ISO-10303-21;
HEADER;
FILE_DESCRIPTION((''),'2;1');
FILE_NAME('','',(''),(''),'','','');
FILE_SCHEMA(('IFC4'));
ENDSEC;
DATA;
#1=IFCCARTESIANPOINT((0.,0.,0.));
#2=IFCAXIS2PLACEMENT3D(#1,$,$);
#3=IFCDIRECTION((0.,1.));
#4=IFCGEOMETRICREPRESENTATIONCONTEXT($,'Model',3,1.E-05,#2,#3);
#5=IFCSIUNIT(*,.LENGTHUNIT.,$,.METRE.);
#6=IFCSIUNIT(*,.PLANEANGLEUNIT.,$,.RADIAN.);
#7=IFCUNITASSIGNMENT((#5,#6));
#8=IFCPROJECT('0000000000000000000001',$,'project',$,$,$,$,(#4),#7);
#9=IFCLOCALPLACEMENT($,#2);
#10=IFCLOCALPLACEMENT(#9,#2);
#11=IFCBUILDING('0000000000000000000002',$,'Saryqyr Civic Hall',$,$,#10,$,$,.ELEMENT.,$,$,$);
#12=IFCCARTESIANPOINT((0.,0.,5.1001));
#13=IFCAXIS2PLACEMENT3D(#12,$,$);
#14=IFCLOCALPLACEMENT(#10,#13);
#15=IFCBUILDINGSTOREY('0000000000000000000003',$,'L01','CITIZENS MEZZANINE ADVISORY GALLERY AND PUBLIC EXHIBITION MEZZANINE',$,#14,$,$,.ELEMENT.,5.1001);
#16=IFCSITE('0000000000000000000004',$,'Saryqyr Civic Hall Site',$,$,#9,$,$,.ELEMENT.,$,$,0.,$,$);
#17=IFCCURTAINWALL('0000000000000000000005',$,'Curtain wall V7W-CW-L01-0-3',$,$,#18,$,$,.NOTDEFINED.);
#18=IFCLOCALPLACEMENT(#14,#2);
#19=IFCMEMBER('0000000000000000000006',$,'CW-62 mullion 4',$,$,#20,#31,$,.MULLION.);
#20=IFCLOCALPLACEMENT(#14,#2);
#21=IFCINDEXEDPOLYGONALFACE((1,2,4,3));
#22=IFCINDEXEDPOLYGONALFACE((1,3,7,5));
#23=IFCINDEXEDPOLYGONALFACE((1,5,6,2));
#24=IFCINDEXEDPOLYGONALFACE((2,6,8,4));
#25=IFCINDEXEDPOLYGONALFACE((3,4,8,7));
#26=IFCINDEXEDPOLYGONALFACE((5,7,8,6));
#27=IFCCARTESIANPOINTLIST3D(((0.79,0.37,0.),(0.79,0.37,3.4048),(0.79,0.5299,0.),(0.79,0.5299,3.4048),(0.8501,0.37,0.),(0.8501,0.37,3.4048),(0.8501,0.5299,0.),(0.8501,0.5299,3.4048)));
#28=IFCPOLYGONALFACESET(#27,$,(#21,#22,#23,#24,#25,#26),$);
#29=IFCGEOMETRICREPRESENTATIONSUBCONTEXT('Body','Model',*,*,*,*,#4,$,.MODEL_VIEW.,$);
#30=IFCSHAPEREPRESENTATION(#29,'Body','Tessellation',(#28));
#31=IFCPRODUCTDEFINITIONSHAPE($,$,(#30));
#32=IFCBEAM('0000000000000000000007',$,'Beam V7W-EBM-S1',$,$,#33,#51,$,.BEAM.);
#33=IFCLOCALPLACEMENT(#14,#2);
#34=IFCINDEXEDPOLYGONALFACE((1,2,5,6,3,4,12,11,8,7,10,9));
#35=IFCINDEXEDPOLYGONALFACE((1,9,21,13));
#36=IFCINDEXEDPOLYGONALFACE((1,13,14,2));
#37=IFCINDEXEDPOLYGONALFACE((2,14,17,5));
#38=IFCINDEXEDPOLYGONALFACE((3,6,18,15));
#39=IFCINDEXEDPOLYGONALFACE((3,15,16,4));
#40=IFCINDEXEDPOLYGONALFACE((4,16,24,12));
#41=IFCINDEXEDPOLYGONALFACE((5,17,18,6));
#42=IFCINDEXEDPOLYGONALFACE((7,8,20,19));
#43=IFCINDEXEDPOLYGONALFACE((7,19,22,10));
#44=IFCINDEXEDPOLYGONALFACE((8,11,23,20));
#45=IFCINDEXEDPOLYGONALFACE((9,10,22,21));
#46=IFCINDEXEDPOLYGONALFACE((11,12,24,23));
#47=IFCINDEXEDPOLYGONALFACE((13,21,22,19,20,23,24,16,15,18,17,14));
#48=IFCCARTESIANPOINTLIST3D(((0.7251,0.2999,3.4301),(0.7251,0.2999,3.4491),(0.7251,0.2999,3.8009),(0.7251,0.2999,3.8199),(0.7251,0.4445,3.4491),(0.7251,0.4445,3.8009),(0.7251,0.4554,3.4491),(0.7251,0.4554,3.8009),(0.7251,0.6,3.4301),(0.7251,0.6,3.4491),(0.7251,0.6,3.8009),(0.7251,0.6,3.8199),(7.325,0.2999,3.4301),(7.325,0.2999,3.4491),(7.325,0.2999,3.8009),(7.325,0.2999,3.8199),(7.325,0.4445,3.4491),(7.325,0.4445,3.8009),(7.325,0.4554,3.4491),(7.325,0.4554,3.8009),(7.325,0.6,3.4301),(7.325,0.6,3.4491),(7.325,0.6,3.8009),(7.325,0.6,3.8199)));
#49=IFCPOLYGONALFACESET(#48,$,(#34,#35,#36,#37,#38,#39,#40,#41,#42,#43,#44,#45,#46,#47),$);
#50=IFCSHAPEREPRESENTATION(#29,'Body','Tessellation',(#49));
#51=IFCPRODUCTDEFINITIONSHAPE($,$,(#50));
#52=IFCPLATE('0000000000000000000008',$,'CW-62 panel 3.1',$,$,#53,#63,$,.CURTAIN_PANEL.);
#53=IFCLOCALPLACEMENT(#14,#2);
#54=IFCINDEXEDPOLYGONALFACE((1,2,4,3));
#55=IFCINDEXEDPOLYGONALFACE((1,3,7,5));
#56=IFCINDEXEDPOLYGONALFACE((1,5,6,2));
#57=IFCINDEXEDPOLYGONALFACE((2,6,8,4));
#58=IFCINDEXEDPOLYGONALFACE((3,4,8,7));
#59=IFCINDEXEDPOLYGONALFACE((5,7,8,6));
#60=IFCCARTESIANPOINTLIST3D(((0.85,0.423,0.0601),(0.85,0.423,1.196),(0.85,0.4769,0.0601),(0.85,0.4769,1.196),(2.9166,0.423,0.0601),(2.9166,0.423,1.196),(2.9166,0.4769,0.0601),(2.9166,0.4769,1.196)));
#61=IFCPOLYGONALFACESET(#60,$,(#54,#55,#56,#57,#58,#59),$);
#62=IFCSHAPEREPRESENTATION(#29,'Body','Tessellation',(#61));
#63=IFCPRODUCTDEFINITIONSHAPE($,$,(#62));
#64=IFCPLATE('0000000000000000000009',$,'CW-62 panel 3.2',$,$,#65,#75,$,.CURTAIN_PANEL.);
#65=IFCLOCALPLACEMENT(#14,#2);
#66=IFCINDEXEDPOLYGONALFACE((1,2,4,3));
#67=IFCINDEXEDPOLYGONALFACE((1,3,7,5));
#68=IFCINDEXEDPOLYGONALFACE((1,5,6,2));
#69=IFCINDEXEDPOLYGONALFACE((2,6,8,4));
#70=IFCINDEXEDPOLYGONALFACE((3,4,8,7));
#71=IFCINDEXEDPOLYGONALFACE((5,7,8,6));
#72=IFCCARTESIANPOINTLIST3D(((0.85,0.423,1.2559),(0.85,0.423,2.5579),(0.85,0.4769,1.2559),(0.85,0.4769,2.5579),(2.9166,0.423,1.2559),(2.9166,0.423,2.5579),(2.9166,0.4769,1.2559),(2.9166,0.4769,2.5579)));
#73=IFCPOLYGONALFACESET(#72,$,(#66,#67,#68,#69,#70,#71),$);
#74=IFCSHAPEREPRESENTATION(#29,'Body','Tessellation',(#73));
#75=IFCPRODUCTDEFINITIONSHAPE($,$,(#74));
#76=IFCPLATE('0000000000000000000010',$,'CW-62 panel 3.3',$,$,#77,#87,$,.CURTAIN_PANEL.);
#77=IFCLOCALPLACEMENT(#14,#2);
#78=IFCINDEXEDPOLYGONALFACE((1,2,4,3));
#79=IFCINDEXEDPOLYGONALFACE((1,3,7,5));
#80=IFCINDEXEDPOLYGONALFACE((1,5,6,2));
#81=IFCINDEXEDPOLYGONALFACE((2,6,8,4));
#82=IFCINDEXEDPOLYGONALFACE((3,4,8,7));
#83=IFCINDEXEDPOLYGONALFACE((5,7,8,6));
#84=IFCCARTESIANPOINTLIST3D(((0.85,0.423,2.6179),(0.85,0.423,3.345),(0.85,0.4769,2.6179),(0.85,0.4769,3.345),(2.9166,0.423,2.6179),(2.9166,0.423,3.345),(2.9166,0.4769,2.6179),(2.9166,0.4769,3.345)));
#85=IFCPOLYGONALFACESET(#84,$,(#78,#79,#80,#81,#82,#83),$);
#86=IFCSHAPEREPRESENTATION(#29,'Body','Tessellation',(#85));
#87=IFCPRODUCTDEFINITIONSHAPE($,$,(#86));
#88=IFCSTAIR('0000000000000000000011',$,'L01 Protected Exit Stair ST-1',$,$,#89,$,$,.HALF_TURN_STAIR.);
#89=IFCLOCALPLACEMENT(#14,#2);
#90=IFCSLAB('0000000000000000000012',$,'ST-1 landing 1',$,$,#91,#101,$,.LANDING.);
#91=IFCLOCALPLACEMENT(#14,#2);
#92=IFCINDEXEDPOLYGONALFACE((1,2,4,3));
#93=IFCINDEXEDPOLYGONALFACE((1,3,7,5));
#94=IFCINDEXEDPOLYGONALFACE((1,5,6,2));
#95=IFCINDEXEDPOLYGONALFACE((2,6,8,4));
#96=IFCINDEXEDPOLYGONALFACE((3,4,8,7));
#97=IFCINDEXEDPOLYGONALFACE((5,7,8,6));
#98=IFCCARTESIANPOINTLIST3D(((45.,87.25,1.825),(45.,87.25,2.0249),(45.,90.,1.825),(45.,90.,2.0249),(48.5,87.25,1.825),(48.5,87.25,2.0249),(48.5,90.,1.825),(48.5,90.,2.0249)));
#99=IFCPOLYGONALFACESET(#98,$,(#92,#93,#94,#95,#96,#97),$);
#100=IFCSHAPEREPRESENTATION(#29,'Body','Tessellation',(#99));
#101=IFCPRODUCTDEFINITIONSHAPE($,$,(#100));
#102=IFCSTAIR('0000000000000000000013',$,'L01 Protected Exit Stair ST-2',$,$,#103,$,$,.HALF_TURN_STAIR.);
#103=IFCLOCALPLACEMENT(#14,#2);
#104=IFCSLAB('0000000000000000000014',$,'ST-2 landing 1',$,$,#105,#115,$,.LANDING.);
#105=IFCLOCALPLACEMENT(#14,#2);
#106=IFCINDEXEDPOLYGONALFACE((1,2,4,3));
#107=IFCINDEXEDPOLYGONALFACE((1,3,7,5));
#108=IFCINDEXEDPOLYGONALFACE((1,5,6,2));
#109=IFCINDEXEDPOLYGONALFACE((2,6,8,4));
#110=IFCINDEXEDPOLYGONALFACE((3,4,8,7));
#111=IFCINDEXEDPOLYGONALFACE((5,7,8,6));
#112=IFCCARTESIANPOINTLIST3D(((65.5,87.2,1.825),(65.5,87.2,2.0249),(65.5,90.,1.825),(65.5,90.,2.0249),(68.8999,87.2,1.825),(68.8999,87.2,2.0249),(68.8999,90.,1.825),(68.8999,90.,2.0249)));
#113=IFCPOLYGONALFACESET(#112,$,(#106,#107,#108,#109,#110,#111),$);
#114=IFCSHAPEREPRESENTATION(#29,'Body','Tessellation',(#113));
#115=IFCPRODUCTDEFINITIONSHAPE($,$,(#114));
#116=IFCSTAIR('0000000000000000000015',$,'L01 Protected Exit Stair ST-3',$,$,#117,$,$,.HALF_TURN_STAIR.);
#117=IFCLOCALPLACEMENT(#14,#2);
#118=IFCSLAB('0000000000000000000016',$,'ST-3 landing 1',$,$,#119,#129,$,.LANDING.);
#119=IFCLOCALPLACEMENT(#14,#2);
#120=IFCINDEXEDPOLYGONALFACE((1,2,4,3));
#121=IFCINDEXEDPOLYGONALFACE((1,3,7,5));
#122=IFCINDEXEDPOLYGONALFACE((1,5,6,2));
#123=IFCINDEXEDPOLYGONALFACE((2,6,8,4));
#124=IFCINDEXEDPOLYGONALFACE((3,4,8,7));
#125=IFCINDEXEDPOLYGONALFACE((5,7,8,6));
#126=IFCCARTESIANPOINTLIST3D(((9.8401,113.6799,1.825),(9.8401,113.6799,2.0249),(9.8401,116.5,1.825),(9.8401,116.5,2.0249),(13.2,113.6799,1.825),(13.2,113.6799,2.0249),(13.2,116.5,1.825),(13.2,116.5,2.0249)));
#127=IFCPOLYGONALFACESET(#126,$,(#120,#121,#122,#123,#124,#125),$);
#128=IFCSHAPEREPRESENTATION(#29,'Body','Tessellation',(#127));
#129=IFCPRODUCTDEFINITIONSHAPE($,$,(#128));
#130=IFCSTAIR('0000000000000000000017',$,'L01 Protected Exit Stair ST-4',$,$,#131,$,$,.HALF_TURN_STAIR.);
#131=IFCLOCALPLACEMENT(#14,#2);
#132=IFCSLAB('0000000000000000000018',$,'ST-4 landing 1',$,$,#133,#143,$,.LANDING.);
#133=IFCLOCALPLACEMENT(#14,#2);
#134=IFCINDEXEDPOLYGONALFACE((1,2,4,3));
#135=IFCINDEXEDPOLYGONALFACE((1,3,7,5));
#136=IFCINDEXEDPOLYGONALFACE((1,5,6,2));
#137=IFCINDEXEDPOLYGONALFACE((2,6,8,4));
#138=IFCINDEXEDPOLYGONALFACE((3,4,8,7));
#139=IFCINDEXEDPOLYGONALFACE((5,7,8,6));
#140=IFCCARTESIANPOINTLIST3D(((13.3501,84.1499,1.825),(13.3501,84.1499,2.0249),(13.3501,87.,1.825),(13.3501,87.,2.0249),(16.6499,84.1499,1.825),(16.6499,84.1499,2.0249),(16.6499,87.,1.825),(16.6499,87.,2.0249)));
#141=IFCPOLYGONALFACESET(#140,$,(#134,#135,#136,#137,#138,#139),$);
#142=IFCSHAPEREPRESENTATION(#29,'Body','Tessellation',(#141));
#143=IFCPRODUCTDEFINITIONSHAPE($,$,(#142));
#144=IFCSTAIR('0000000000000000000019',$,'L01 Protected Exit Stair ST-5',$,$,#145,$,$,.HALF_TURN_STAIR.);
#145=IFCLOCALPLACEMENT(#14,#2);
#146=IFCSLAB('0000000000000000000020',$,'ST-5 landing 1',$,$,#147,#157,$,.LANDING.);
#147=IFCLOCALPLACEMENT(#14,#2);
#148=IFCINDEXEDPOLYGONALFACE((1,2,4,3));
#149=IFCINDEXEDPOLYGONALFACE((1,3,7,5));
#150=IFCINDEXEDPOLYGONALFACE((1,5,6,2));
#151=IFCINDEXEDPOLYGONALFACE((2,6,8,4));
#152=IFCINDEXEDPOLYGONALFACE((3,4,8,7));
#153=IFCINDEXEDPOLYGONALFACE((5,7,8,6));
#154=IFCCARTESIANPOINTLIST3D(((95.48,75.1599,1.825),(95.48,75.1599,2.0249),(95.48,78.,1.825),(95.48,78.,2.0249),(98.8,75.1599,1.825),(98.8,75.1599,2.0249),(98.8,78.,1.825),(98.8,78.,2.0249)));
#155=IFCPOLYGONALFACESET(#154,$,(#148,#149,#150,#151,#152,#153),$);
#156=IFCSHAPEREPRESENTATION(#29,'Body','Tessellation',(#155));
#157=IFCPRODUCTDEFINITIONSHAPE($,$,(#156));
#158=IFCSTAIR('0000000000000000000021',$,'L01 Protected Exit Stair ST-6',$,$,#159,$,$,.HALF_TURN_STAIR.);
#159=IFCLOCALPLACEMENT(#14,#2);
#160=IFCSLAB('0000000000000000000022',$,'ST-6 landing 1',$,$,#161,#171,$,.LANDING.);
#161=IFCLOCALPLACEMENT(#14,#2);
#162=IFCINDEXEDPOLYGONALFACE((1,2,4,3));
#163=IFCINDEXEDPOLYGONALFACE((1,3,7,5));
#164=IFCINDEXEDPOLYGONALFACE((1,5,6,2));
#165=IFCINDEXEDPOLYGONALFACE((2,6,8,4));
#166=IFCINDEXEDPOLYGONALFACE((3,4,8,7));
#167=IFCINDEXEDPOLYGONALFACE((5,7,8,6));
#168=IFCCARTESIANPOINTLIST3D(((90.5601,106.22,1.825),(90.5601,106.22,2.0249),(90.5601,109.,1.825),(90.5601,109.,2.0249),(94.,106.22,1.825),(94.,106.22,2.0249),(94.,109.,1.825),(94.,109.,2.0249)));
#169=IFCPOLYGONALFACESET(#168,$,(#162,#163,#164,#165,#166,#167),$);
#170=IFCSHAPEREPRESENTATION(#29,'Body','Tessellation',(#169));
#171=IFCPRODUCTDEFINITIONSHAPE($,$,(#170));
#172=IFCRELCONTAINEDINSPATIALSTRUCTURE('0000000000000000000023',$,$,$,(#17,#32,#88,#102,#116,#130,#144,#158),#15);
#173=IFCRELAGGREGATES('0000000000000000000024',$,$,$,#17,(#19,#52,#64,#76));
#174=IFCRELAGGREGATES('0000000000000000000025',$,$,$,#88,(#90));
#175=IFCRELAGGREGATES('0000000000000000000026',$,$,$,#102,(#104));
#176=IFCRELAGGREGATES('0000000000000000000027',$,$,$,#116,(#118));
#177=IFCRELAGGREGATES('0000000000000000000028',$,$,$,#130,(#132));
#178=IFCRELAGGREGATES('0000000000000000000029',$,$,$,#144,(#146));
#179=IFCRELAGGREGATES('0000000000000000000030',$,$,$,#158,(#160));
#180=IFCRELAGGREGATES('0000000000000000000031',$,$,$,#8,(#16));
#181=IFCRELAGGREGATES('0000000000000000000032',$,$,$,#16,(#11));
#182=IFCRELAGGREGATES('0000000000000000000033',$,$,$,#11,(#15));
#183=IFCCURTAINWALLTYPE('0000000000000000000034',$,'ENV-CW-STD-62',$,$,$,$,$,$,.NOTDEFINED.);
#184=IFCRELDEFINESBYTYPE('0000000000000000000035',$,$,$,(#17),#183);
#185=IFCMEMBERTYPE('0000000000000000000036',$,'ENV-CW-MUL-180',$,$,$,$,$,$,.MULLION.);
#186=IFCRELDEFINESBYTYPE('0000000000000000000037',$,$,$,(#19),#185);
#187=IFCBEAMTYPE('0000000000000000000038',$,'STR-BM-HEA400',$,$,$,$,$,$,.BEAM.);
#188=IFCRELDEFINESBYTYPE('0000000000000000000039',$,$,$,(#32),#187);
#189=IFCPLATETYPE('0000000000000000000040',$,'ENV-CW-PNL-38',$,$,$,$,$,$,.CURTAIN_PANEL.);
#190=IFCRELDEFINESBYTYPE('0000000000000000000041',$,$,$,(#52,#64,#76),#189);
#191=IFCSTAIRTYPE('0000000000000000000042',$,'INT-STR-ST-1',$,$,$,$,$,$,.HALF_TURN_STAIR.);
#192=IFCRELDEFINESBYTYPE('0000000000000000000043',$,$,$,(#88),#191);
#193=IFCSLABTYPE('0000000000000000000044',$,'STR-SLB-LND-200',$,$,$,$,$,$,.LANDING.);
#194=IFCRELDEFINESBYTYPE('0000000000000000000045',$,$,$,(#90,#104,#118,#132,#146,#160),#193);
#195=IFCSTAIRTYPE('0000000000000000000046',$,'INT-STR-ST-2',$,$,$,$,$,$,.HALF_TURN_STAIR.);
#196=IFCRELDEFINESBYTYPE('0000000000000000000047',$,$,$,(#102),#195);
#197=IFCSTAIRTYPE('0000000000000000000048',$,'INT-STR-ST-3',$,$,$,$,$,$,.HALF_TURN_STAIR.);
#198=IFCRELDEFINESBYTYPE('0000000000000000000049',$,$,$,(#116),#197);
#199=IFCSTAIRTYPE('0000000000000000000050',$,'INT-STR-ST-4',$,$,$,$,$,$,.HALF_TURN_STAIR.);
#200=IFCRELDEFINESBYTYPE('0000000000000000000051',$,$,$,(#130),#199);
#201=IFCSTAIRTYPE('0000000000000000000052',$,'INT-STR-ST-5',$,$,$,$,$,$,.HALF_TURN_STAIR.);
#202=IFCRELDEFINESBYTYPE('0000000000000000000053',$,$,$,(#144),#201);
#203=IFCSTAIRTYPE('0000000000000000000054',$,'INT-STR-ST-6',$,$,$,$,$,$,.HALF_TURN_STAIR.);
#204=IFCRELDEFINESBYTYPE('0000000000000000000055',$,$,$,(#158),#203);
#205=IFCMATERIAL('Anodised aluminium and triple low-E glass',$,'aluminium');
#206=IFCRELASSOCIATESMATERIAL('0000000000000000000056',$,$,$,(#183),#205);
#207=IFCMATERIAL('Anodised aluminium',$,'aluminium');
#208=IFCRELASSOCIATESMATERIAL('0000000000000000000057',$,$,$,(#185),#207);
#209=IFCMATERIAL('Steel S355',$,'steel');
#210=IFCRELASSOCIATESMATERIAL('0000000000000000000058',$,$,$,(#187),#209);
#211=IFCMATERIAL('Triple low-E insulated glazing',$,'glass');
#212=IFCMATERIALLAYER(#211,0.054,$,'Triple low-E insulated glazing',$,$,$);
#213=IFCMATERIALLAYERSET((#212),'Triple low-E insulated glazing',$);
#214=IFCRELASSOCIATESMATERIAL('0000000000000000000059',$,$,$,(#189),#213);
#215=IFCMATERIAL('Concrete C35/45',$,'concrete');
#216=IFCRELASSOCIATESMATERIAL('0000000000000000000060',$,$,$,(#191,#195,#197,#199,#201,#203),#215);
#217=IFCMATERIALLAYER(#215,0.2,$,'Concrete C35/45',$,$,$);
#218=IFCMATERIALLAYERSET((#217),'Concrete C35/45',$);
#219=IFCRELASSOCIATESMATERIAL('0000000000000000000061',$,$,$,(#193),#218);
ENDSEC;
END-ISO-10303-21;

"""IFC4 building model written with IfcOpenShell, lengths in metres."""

from ifc_helpers import new_model, si_unit, direction, frame, origin, origin_2d, place, context, subcontext, project, spatial, polyline, rectangle, i_section, outline, extrude, material, layer, layer_set, material_profile, profile_set, type_object, element, aggregate, save


model = new_model("IFC4")

# Units and contexts
model_context = context("Model", 3, precision=1e-05, world=origin(), true_north=direction((0.0, 1.0)))
body_context = subcontext(model_context, "Body", "Model", "MODEL_VIEW")
ifc_project = project(units=[si_unit("LENGTHUNIT", "METRE"), si_unit("PLANEANGLEUNIT", "RADIAN")], contexts=[model_context])

# Site, building, storey
site_placement = place(None, origin())
site = spatial("IfcSite", under=ifc_project, at=site_placement, Name="Saryqyr Civic Hall Site", CompositionType="ELEMENT", RefElevation=0.0)
building_placement = place(site_placement, origin())
building = spatial("IfcBuilding", under=site, at=building_placement, Name="Saryqyr Civic Hall", CompositionType="ELEMENT")
storey_placement = place(building_placement, frame((0.0, 0.0, 5.1001)))
storey = spatial("IfcBuildingStorey", under=building, at=storey_placement, Name="L01", Description="CITIZENS MEZZANINE ADVISORY GALLERY AND PUBLIC EXHIBITION MEZZANINE", CompositionType="ELEMENT", Elevation=5.1001)

# Curtain wall, member
ifc_material_1 = material(Name="Anodised aluminium and triple low-E glass", Category="aluminium")
curtain_wall_type = type_object("IfcCurtainWallType", Name="ENV-CW-STD-62", PredefinedType="NOTDEFINED", material=ifc_material_1)
curtain_wall_placement = place(storey_placement, origin())
curtain_wall = element("IfcCurtainWall", 1, at=curtain_wall_placement, inside=storey, type_object=curtain_wall_type, Name="Curtain wall V7W-CW-L01-0-3", PredefinedType="NOTDEFINED")
ifc_material_2 = material(Name="Anodised aluminium", Category="aluminium")
ifc_material_profile_1 = material_profile(ifc_material_2, rectangle(XDim=0.0601, YDim=0.1599, at=origin_2d()), Name="ALU MULLION 60x160")
ifc_profile_set_1 = profile_set([ifc_material_profile_1], Name="Anodised aluminium")
member_type = type_object("IfcMemberType", Name="ENV-CW-MUL-180", PredefinedType="MULLION", material=ifc_profile_set_1)
member_placement = place(storey_placement, frame((0.8201, 0.45, 0.0), z_axis=(0.0, 0.0, 1.0), x_axis=(-1.0, 0.0, 0.0)))
member = element("IfcMember", 2, at=member_placement, type_object=member_type, Name="CW-62 mullion 4", PredefinedType="MULLION", context=body_context, shape_type="SweptSolid", body=[
    extrude(rectangle(XDim=0.0601, YDim=0.1599, at=origin_2d()), origin(), (0.0, 0.0, 1.0), 3.4048),
])

# Beam
ifc_material_3 = material(Name="Steel S355", Category="steel")
ifc_material_profile_2 = material_profile(ifc_material_3, i_section(OverallWidth=0.3, OverallDepth=0.3899, WebThickness=0.011, FlangeThickness=0.019, at=origin_2d()), Name="HEA 400")
ifc_profile_set_2 = profile_set([ifc_material_profile_2], Name="Steel S355")
beam_type = type_object("IfcBeamType", Name="STR-BM-HEA400", PredefinedType="BEAM", material=ifc_profile_set_2)
beam_placement = place(storey_placement, frame((0.7251, 0.45, 3.625), z_axis=(1.0, 0.0, 0.0), x_axis=(0.0, 1.0, 0.0)))
element("IfcBeam", 3, at=beam_placement, inside=storey, type_object=beam_type, Name="Beam V7W-EBM-S1", PredefinedType="BEAM", context=body_context, shape_type="SweptSolid", body=[
    extrude(i_section(OverallWidth=0.3, OverallDepth=0.3899, WebThickness=0.011, FlangeThickness=0.019, at=origin_2d()), origin(), (0.0, 0.0, 1.0), 6.5999),
])

# Plates
ifc_material_4 = material(Name="Triple low-E insulated glazing", Category="glass")
ifc_layer_1 = layer(ifc_material_4, 0.054, Name="Triple low-E insulated glazing")
ifc_layer_set_1 = layer_set([ifc_layer_1], Name="Triple low-E insulated glazing")
plate_type = type_object("IfcPlateType", Name="ENV-CW-PNL-38", PredefinedType="CURTAIN_PANEL", material=ifc_layer_set_1)
plate_1_placement = place(storey_placement, frame((1.8833, 0.45, 0.0601), z_axis=(0.0, 0.0, 1.0), x_axis=(-1.0, 0.0, 0.0)))
plate_1 = element("IfcPlate", 4, at=plate_1_placement, type_object=plate_type, Name="CW-62 panel 3.1", PredefinedType="CURTAIN_PANEL", context=body_context, shape_type="SweptSolid", body=[
    extrude(rectangle(XDim=2.0667, YDim=0.054, at=origin_2d()), origin(), (0.0, 0.0, 1.0), 1.136),
])
plate_2_placement = place(storey_placement, frame((1.8833, 0.45, 1.2559), z_axis=(0.0, 0.0, 1.0), x_axis=(-1.0, 0.0, 0.0)))
plate_2 = element("IfcPlate", 5, at=plate_2_placement, type_object=plate_type, Name="CW-62 panel 3.2", PredefinedType="CURTAIN_PANEL", context=body_context, shape_type="SweptSolid", body=[
    extrude(rectangle(XDim=2.0667, YDim=0.054, at=origin_2d()), origin(), (0.0, 0.0, 1.0), 1.302),
])
plate_3_placement = place(storey_placement, frame((1.8833, 0.45, 2.6179), z_axis=(0.0, 0.0, 1.0), x_axis=(-1.0, 0.0, 0.0)))
plate_3 = element("IfcPlate", 6, at=plate_3_placement, type_object=plate_type, Name="CW-62 panel 3.3", PredefinedType="CURTAIN_PANEL", context=body_context, shape_type="SweptSolid", body=[
    extrude(rectangle(XDim=2.0667, YDim=0.054, at=origin_2d()), origin(), (0.0, 0.0, 1.0), 0.7271),
])
aggregate(curtain_wall, [member, plate_1, plate_2, plate_3])

# Stairs, slabs
ifc_material_5 = material(Name="Concrete C35/45", Category="concrete")
stair_type_1 = type_object("IfcStairType", Name="INT-STR-ST-1", PredefinedType="HALF_TURN_STAIR", material=ifc_material_5)
stair_1_placement = place(storey_placement, origin())
stair_1 = element("IfcStair", 7, at=stair_1_placement, inside=storey, type_object=stair_type_1, Name="L01 Protected Exit Stair ST-1", PredefinedType="HALF_TURN_STAIR")
ifc_layer_2 = layer(ifc_material_5, 0.2, Name="Concrete C35/45")
ifc_layer_set_2 = layer_set([ifc_layer_2], Name="Concrete C35/45")
slab_type = type_object("IfcSlabType", Name="STR-SLB-LND-200", PredefinedType="LANDING", material=ifc_layer_set_2)
slab_1_placement = place(storey_placement, frame((0.0, 0.0, 1.825)))
slab_1 = element("IfcSlab", 8, at=slab_1_placement, type_object=slab_type, Name="ST-1 landing 1", PredefinedType="LANDING", context=body_context, shape_type="SweptSolid", body=[
    extrude(outline(polyline([(48.5, 87.25), (48.5, 90.0), (45.0, 90.0), (45.0, 87.25), (48.5, 87.25)])), origin(), (0.0, 0.0, 1.0), 0.2),
])
aggregate(stair_1, [slab_1])
stair_type_2 = type_object("IfcStairType", Name="INT-STR-ST-2", PredefinedType="HALF_TURN_STAIR", material=ifc_material_5)
stair_2_placement = place(storey_placement, origin())
stair_2 = element("IfcStair", 9, at=stair_2_placement, inside=storey, type_object=stair_type_2, Name="L01 Protected Exit Stair ST-2", PredefinedType="HALF_TURN_STAIR")
slab_2_placement = place(storey_placement, frame((0.0, 0.0, 1.825)))
slab_2 = element("IfcSlab", 10, at=slab_2_placement, type_object=slab_type, Name="ST-2 landing 1", PredefinedType="LANDING", context=body_context, shape_type="SweptSolid", body=[
    extrude(outline(polyline([(68.8999, 87.2), (68.8999, 90.0), (65.5, 90.0), (65.5, 87.2), (68.8999, 87.2)])), origin(), (0.0, 0.0, 1.0), 0.2),
])
aggregate(stair_2, [slab_2])
stair_type_3 = type_object("IfcStairType", Name="INT-STR-ST-3", PredefinedType="HALF_TURN_STAIR", material=ifc_material_5)
stair_3_placement = place(storey_placement, origin())
stair_3 = element("IfcStair", 11, at=stair_3_placement, inside=storey, type_object=stair_type_3, Name="L01 Protected Exit Stair ST-3", PredefinedType="HALF_TURN_STAIR")
slab_3_placement = place(storey_placement, frame((0.0, 0.0, 1.825)))
slab_3 = element("IfcSlab", 12, at=slab_3_placement, type_object=slab_type, Name="ST-3 landing 1", PredefinedType="LANDING", context=body_context, shape_type="SweptSolid", body=[
    extrude(outline(polyline([(13.2, 113.6799), (13.2, 116.5), (9.8401, 116.5), (9.8401, 113.6799), (13.2, 113.6799)])), origin(), (0.0, 0.0, 1.0), 0.2),
])
aggregate(stair_3, [slab_3])
stair_type_4 = type_object("IfcStairType", Name="INT-STR-ST-4", PredefinedType="HALF_TURN_STAIR", material=ifc_material_5)
stair_4_placement = place(storey_placement, origin())
stair_4 = element("IfcStair", 13, at=stair_4_placement, inside=storey, type_object=stair_type_4, Name="L01 Protected Exit Stair ST-4", PredefinedType="HALF_TURN_STAIR")
slab_4_placement = place(storey_placement, frame((0.0, 0.0, 1.825)))
slab_4 = element("IfcSlab", 14, at=slab_4_placement, type_object=slab_type, Name="ST-4 landing 1", PredefinedType="LANDING", context=body_context, shape_type="SweptSolid", body=[
    extrude(outline(polyline([(16.6499, 84.1499), (16.6499, 87.0), (13.3501, 87.0), (13.3501, 84.1499), (16.6499, 84.1499)])), origin(), (0.0, 0.0, 1.0), 0.2),
])
aggregate(stair_4, [slab_4])
stair_type_5 = type_object("IfcStairType", Name="INT-STR-ST-5", PredefinedType="HALF_TURN_STAIR", material=ifc_material_5)
stair_5_placement = place(storey_placement, origin())
stair_5 = element("IfcStair", 15, at=stair_5_placement, inside=storey, type_object=stair_type_5, Name="L01 Protected Exit Stair ST-5", PredefinedType="HALF_TURN_STAIR")
slab_5_placement = place(storey_placement, frame((0.0, 0.0, 1.825)))
slab_5 = element("IfcSlab", 16, at=slab_5_placement, type_object=slab_type, Name="ST-5 landing 1", PredefinedType="LANDING", context=body_context, shape_type="SweptSolid", body=[
    extrude(outline(polyline([(98.8, 75.1599), (98.8, 78.0), (95.48, 78.0), (95.48, 75.1599), (98.8, 75.1599)])), origin(), (0.0, 0.0, 1.0), 0.2),
])
aggregate(stair_5, [slab_5])
stair_type_6 = type_object("IfcStairType", Name="INT-STR-ST-6", PredefinedType="HALF_TURN_STAIR", material=ifc_material_5)
stair_6_placement = place(storey_placement, origin())
stair_6 = element("IfcStair", 17, at=stair_6_placement, inside=storey, type_object=stair_type_6, Name="L01 Protected Exit Stair ST-6", PredefinedType="HALF_TURN_STAIR")
slab_6_placement = place(storey_placement, frame((0.0, 0.0, 1.825)))
slab_6 = element("IfcSlab", 18, at=slab_6_placement, type_object=slab_type, Name="ST-6 landing 1", PredefinedType="LANDING", context=body_context, shape_type="SweptSolid", body=[
    extrude(outline(polyline([(94.0, 106.22), (94.0, 109.0), (90.5601, 109.0), (90.5601, 106.22), (94.0, 106.22)])), origin(), (0.0, 0.0, 1.0), 0.2),
])
aggregate(stair_6, [slab_6])

save(model, "model.ifc")
